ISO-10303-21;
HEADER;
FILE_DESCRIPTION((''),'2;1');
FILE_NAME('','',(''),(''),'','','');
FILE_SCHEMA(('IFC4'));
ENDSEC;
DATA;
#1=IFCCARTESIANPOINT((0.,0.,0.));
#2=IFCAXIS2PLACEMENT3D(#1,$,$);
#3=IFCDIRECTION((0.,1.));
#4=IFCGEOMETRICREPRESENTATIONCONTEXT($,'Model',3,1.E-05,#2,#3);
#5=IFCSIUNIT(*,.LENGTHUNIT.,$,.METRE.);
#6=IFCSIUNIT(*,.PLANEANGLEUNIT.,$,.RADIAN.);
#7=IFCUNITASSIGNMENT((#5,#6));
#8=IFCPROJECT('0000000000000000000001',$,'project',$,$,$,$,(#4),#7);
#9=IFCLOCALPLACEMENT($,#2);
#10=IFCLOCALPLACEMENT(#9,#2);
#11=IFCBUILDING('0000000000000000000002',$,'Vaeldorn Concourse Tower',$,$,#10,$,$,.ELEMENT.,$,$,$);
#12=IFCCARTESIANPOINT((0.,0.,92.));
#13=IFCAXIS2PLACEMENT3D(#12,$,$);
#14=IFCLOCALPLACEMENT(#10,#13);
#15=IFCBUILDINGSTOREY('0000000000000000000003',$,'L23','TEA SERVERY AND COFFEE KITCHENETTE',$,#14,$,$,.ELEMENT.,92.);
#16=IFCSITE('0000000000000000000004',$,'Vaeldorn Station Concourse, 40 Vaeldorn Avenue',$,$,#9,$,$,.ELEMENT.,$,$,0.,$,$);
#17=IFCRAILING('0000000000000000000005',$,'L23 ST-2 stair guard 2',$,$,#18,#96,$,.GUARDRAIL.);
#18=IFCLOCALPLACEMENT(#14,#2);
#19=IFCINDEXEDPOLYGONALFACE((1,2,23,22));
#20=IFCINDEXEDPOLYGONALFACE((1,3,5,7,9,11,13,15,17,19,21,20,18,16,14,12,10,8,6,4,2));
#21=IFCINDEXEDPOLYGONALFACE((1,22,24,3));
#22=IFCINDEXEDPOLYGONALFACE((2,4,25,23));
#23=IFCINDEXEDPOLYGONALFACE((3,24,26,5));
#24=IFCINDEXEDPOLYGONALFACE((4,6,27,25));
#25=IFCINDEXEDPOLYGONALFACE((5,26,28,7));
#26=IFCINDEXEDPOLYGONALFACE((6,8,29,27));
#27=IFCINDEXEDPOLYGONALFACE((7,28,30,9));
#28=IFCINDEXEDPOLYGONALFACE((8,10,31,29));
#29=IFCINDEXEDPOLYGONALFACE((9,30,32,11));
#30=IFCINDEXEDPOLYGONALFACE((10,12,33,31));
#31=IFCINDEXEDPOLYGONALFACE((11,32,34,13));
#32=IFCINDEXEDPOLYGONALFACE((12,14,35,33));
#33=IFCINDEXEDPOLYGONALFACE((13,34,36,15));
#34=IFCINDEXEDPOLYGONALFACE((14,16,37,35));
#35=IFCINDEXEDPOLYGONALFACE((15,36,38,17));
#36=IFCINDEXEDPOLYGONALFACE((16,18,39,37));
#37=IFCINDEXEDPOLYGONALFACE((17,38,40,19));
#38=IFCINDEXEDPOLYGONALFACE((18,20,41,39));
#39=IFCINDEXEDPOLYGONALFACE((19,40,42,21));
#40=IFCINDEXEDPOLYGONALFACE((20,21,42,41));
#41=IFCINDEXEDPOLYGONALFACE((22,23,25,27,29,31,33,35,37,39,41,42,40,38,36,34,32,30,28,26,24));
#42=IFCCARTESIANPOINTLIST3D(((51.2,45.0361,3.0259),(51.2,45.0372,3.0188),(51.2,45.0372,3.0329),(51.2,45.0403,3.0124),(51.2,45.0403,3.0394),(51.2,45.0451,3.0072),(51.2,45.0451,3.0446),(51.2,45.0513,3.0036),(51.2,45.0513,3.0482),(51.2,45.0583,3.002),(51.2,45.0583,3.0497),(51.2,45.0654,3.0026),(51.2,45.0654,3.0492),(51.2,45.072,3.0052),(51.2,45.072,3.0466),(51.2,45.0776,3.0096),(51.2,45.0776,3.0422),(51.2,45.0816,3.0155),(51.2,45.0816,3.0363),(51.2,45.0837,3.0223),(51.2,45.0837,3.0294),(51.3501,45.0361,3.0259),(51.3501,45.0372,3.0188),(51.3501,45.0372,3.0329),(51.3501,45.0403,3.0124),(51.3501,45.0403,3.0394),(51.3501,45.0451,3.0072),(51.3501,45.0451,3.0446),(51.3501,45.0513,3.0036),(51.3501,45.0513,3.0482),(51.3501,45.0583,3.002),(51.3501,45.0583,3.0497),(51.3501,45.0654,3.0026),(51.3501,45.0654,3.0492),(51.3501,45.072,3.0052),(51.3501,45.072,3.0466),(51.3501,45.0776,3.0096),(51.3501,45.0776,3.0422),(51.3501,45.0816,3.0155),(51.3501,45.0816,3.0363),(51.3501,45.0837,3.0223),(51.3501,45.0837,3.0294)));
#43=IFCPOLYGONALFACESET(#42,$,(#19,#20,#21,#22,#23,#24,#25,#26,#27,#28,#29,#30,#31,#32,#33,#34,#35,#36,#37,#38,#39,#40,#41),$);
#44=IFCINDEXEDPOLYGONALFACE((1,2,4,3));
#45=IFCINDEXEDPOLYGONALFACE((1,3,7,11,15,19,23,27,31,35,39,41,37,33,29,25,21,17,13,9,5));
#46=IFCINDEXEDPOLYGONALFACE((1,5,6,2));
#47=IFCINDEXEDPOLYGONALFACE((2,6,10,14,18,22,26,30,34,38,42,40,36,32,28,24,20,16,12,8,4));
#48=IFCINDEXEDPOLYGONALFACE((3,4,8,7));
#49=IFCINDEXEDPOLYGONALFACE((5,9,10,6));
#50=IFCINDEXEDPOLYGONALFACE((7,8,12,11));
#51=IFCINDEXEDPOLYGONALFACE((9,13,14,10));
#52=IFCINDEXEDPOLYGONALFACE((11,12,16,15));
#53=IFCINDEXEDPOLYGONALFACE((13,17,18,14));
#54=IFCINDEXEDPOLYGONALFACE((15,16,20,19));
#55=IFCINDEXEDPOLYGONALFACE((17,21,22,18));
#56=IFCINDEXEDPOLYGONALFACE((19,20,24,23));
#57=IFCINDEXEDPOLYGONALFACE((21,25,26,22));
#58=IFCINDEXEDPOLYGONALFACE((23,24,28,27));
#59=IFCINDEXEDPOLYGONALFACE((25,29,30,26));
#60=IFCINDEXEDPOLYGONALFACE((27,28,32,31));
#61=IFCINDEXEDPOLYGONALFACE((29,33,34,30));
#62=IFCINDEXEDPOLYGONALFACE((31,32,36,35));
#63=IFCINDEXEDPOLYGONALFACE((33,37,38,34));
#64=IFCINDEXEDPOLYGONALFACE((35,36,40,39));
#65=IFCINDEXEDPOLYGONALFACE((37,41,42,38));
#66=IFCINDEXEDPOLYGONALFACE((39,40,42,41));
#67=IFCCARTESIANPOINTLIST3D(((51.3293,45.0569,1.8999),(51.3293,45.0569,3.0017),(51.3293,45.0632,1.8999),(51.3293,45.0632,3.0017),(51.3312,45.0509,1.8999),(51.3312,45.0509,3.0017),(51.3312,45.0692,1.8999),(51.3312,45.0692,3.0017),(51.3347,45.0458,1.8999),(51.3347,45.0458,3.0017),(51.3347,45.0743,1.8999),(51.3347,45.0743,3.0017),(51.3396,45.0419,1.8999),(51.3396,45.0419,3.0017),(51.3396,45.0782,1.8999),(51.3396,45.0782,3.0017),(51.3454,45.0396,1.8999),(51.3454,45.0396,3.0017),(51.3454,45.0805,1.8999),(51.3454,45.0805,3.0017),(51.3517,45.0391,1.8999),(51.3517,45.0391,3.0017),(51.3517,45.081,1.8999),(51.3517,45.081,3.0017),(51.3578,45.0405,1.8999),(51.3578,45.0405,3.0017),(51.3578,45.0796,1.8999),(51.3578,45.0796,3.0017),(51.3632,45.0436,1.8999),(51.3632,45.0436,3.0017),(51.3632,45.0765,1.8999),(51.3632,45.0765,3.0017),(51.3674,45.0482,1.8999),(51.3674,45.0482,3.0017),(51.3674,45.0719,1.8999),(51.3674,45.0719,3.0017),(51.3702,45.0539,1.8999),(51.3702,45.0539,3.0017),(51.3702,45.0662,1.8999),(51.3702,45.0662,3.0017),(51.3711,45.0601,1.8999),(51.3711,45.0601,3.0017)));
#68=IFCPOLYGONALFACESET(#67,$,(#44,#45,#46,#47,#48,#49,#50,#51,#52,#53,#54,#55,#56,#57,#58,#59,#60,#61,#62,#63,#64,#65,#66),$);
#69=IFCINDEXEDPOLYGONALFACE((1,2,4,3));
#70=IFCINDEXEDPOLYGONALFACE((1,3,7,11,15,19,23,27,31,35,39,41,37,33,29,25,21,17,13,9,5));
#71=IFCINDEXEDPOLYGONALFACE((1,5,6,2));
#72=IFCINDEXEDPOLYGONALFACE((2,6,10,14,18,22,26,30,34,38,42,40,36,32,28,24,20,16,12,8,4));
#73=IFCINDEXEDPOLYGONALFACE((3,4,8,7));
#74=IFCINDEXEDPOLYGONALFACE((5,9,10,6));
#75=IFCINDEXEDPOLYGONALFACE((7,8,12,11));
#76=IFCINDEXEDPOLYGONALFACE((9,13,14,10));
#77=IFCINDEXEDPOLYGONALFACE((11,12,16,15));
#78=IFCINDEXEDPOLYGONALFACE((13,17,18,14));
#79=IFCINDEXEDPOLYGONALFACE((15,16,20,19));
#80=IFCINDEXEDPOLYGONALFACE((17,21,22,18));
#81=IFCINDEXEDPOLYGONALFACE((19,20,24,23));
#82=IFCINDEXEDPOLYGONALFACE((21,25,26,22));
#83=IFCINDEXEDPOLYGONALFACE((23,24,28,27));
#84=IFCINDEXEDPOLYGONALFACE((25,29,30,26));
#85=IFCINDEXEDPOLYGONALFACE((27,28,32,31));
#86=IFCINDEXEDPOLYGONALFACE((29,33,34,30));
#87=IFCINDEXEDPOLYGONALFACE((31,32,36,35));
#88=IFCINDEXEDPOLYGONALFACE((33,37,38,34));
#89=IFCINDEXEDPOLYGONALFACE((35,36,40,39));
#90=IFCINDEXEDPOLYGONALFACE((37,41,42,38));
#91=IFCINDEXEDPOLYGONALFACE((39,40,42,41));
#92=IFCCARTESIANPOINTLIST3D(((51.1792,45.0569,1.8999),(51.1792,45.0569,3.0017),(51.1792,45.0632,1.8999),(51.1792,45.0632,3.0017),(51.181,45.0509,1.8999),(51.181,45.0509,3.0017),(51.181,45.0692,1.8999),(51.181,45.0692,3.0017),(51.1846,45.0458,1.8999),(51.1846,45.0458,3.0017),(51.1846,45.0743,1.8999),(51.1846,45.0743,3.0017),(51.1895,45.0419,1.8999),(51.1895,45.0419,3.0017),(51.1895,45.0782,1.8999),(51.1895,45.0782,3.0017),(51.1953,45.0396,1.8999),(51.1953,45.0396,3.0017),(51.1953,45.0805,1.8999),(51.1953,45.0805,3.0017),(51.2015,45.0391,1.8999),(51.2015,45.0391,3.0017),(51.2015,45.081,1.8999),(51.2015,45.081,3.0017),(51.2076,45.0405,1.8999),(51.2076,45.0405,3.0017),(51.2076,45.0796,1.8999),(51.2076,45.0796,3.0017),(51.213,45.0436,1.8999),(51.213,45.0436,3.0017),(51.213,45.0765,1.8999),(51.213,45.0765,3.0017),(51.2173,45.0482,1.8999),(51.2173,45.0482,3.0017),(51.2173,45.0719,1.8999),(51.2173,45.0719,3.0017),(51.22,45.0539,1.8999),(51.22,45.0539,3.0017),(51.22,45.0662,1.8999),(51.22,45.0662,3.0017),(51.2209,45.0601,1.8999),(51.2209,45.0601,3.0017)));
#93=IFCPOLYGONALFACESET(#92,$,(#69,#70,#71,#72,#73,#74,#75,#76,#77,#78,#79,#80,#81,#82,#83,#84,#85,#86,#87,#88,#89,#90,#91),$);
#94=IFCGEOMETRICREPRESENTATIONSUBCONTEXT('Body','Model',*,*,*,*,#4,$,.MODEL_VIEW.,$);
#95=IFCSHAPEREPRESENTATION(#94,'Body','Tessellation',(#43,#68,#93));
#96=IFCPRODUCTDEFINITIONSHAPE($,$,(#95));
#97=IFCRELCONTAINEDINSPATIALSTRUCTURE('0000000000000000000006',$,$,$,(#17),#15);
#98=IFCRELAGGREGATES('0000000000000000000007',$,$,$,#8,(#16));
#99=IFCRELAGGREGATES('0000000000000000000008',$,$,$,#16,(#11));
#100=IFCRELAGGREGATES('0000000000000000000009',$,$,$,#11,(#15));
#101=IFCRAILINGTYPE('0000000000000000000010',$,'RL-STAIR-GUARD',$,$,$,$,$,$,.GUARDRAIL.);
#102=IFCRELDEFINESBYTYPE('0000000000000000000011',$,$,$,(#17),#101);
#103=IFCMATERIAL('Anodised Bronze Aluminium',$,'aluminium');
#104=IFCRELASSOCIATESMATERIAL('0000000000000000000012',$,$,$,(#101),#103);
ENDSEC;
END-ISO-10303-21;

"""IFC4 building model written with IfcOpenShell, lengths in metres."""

from ifc_helpers import new_model, si_unit, direction, frame, origin, origin_2d, place, context, subcontext, project, spatial, circle, extrude, material, type_object, element, save


model = new_model("IFC4")

# Units and contexts
model_context = context("Model", 3, precision=1e-05, world=origin(), true_north=direction((0.0, 1.0)))
body_context = subcontext(model_context, "Body", "Model", "MODEL_VIEW")
ifc_project = project(units=[si_unit("LENGTHUNIT", "METRE"), si_unit("PLANEANGLEUNIT", "RADIAN")], contexts=[model_context])

# Site, building, storey
site_placement = place(None, origin())
site = spatial("IfcSite", under=ifc_project, at=site_placement, Name="Vaeldorn Station Concourse, 40 Vaeldorn Avenue", CompositionType="ELEMENT", RefElevation=0.0)
building_placement = place(site_placement, origin())
building = spatial("IfcBuilding", under=site, at=building_placement, Name="Vaeldorn Concourse Tower", CompositionType="ELEMENT")
storey_placement = place(building_placement, frame((0.0, 0.0, 92.0)))
storey = spatial("IfcBuildingStorey", under=building, at=storey_placement, Name="L23", Description="TEA SERVERY AND COFFEE KITCHENETTE", CompositionType="ELEMENT", Elevation=92.0)

# Shared definitions
ifc_material_1 = material(Name="Anodised Bronze Aluminium", Category="aluminium")

# Railing
railing_type_1 = type_object("IfcRailingType", Name="RL-STAIR-GUARD", PredefinedType="GUARDRAIL", material=ifc_material_1)
railing_1_placement = place(storey_placement, frame((51.3501, 45.0601, 1.8999)))
element("IfcRailing", 1, at=railing_1_placement, inside=storey, type_object=railing_type_1, Name="L23 ST-2 stair guard 2", PredefinedType="GUARDRAIL", context=body_context, shape_type="SweptSolid", body=[
    extrude(circle(Radius=0.0239, at=origin_2d()), frame((0.0, 0.0, 1.126), z_axis=(-1.0, 0.0, 0.0), x_axis=(0.0, -1.0, 0.0)), (0.0, 0.0, 1.0), 0.1501),
    extrude(circle(Radius=0.021, at=origin_2d()), origin(), (0.0, 0.0, 1.0), 1.1018),
    extrude(circle(Radius=0.021, at=origin_2d()), frame((-0.1501, 0.0, 0.0)), (0.0, 0.0, 1.0), 1.1018),
])

save(model, "model.ifc")
